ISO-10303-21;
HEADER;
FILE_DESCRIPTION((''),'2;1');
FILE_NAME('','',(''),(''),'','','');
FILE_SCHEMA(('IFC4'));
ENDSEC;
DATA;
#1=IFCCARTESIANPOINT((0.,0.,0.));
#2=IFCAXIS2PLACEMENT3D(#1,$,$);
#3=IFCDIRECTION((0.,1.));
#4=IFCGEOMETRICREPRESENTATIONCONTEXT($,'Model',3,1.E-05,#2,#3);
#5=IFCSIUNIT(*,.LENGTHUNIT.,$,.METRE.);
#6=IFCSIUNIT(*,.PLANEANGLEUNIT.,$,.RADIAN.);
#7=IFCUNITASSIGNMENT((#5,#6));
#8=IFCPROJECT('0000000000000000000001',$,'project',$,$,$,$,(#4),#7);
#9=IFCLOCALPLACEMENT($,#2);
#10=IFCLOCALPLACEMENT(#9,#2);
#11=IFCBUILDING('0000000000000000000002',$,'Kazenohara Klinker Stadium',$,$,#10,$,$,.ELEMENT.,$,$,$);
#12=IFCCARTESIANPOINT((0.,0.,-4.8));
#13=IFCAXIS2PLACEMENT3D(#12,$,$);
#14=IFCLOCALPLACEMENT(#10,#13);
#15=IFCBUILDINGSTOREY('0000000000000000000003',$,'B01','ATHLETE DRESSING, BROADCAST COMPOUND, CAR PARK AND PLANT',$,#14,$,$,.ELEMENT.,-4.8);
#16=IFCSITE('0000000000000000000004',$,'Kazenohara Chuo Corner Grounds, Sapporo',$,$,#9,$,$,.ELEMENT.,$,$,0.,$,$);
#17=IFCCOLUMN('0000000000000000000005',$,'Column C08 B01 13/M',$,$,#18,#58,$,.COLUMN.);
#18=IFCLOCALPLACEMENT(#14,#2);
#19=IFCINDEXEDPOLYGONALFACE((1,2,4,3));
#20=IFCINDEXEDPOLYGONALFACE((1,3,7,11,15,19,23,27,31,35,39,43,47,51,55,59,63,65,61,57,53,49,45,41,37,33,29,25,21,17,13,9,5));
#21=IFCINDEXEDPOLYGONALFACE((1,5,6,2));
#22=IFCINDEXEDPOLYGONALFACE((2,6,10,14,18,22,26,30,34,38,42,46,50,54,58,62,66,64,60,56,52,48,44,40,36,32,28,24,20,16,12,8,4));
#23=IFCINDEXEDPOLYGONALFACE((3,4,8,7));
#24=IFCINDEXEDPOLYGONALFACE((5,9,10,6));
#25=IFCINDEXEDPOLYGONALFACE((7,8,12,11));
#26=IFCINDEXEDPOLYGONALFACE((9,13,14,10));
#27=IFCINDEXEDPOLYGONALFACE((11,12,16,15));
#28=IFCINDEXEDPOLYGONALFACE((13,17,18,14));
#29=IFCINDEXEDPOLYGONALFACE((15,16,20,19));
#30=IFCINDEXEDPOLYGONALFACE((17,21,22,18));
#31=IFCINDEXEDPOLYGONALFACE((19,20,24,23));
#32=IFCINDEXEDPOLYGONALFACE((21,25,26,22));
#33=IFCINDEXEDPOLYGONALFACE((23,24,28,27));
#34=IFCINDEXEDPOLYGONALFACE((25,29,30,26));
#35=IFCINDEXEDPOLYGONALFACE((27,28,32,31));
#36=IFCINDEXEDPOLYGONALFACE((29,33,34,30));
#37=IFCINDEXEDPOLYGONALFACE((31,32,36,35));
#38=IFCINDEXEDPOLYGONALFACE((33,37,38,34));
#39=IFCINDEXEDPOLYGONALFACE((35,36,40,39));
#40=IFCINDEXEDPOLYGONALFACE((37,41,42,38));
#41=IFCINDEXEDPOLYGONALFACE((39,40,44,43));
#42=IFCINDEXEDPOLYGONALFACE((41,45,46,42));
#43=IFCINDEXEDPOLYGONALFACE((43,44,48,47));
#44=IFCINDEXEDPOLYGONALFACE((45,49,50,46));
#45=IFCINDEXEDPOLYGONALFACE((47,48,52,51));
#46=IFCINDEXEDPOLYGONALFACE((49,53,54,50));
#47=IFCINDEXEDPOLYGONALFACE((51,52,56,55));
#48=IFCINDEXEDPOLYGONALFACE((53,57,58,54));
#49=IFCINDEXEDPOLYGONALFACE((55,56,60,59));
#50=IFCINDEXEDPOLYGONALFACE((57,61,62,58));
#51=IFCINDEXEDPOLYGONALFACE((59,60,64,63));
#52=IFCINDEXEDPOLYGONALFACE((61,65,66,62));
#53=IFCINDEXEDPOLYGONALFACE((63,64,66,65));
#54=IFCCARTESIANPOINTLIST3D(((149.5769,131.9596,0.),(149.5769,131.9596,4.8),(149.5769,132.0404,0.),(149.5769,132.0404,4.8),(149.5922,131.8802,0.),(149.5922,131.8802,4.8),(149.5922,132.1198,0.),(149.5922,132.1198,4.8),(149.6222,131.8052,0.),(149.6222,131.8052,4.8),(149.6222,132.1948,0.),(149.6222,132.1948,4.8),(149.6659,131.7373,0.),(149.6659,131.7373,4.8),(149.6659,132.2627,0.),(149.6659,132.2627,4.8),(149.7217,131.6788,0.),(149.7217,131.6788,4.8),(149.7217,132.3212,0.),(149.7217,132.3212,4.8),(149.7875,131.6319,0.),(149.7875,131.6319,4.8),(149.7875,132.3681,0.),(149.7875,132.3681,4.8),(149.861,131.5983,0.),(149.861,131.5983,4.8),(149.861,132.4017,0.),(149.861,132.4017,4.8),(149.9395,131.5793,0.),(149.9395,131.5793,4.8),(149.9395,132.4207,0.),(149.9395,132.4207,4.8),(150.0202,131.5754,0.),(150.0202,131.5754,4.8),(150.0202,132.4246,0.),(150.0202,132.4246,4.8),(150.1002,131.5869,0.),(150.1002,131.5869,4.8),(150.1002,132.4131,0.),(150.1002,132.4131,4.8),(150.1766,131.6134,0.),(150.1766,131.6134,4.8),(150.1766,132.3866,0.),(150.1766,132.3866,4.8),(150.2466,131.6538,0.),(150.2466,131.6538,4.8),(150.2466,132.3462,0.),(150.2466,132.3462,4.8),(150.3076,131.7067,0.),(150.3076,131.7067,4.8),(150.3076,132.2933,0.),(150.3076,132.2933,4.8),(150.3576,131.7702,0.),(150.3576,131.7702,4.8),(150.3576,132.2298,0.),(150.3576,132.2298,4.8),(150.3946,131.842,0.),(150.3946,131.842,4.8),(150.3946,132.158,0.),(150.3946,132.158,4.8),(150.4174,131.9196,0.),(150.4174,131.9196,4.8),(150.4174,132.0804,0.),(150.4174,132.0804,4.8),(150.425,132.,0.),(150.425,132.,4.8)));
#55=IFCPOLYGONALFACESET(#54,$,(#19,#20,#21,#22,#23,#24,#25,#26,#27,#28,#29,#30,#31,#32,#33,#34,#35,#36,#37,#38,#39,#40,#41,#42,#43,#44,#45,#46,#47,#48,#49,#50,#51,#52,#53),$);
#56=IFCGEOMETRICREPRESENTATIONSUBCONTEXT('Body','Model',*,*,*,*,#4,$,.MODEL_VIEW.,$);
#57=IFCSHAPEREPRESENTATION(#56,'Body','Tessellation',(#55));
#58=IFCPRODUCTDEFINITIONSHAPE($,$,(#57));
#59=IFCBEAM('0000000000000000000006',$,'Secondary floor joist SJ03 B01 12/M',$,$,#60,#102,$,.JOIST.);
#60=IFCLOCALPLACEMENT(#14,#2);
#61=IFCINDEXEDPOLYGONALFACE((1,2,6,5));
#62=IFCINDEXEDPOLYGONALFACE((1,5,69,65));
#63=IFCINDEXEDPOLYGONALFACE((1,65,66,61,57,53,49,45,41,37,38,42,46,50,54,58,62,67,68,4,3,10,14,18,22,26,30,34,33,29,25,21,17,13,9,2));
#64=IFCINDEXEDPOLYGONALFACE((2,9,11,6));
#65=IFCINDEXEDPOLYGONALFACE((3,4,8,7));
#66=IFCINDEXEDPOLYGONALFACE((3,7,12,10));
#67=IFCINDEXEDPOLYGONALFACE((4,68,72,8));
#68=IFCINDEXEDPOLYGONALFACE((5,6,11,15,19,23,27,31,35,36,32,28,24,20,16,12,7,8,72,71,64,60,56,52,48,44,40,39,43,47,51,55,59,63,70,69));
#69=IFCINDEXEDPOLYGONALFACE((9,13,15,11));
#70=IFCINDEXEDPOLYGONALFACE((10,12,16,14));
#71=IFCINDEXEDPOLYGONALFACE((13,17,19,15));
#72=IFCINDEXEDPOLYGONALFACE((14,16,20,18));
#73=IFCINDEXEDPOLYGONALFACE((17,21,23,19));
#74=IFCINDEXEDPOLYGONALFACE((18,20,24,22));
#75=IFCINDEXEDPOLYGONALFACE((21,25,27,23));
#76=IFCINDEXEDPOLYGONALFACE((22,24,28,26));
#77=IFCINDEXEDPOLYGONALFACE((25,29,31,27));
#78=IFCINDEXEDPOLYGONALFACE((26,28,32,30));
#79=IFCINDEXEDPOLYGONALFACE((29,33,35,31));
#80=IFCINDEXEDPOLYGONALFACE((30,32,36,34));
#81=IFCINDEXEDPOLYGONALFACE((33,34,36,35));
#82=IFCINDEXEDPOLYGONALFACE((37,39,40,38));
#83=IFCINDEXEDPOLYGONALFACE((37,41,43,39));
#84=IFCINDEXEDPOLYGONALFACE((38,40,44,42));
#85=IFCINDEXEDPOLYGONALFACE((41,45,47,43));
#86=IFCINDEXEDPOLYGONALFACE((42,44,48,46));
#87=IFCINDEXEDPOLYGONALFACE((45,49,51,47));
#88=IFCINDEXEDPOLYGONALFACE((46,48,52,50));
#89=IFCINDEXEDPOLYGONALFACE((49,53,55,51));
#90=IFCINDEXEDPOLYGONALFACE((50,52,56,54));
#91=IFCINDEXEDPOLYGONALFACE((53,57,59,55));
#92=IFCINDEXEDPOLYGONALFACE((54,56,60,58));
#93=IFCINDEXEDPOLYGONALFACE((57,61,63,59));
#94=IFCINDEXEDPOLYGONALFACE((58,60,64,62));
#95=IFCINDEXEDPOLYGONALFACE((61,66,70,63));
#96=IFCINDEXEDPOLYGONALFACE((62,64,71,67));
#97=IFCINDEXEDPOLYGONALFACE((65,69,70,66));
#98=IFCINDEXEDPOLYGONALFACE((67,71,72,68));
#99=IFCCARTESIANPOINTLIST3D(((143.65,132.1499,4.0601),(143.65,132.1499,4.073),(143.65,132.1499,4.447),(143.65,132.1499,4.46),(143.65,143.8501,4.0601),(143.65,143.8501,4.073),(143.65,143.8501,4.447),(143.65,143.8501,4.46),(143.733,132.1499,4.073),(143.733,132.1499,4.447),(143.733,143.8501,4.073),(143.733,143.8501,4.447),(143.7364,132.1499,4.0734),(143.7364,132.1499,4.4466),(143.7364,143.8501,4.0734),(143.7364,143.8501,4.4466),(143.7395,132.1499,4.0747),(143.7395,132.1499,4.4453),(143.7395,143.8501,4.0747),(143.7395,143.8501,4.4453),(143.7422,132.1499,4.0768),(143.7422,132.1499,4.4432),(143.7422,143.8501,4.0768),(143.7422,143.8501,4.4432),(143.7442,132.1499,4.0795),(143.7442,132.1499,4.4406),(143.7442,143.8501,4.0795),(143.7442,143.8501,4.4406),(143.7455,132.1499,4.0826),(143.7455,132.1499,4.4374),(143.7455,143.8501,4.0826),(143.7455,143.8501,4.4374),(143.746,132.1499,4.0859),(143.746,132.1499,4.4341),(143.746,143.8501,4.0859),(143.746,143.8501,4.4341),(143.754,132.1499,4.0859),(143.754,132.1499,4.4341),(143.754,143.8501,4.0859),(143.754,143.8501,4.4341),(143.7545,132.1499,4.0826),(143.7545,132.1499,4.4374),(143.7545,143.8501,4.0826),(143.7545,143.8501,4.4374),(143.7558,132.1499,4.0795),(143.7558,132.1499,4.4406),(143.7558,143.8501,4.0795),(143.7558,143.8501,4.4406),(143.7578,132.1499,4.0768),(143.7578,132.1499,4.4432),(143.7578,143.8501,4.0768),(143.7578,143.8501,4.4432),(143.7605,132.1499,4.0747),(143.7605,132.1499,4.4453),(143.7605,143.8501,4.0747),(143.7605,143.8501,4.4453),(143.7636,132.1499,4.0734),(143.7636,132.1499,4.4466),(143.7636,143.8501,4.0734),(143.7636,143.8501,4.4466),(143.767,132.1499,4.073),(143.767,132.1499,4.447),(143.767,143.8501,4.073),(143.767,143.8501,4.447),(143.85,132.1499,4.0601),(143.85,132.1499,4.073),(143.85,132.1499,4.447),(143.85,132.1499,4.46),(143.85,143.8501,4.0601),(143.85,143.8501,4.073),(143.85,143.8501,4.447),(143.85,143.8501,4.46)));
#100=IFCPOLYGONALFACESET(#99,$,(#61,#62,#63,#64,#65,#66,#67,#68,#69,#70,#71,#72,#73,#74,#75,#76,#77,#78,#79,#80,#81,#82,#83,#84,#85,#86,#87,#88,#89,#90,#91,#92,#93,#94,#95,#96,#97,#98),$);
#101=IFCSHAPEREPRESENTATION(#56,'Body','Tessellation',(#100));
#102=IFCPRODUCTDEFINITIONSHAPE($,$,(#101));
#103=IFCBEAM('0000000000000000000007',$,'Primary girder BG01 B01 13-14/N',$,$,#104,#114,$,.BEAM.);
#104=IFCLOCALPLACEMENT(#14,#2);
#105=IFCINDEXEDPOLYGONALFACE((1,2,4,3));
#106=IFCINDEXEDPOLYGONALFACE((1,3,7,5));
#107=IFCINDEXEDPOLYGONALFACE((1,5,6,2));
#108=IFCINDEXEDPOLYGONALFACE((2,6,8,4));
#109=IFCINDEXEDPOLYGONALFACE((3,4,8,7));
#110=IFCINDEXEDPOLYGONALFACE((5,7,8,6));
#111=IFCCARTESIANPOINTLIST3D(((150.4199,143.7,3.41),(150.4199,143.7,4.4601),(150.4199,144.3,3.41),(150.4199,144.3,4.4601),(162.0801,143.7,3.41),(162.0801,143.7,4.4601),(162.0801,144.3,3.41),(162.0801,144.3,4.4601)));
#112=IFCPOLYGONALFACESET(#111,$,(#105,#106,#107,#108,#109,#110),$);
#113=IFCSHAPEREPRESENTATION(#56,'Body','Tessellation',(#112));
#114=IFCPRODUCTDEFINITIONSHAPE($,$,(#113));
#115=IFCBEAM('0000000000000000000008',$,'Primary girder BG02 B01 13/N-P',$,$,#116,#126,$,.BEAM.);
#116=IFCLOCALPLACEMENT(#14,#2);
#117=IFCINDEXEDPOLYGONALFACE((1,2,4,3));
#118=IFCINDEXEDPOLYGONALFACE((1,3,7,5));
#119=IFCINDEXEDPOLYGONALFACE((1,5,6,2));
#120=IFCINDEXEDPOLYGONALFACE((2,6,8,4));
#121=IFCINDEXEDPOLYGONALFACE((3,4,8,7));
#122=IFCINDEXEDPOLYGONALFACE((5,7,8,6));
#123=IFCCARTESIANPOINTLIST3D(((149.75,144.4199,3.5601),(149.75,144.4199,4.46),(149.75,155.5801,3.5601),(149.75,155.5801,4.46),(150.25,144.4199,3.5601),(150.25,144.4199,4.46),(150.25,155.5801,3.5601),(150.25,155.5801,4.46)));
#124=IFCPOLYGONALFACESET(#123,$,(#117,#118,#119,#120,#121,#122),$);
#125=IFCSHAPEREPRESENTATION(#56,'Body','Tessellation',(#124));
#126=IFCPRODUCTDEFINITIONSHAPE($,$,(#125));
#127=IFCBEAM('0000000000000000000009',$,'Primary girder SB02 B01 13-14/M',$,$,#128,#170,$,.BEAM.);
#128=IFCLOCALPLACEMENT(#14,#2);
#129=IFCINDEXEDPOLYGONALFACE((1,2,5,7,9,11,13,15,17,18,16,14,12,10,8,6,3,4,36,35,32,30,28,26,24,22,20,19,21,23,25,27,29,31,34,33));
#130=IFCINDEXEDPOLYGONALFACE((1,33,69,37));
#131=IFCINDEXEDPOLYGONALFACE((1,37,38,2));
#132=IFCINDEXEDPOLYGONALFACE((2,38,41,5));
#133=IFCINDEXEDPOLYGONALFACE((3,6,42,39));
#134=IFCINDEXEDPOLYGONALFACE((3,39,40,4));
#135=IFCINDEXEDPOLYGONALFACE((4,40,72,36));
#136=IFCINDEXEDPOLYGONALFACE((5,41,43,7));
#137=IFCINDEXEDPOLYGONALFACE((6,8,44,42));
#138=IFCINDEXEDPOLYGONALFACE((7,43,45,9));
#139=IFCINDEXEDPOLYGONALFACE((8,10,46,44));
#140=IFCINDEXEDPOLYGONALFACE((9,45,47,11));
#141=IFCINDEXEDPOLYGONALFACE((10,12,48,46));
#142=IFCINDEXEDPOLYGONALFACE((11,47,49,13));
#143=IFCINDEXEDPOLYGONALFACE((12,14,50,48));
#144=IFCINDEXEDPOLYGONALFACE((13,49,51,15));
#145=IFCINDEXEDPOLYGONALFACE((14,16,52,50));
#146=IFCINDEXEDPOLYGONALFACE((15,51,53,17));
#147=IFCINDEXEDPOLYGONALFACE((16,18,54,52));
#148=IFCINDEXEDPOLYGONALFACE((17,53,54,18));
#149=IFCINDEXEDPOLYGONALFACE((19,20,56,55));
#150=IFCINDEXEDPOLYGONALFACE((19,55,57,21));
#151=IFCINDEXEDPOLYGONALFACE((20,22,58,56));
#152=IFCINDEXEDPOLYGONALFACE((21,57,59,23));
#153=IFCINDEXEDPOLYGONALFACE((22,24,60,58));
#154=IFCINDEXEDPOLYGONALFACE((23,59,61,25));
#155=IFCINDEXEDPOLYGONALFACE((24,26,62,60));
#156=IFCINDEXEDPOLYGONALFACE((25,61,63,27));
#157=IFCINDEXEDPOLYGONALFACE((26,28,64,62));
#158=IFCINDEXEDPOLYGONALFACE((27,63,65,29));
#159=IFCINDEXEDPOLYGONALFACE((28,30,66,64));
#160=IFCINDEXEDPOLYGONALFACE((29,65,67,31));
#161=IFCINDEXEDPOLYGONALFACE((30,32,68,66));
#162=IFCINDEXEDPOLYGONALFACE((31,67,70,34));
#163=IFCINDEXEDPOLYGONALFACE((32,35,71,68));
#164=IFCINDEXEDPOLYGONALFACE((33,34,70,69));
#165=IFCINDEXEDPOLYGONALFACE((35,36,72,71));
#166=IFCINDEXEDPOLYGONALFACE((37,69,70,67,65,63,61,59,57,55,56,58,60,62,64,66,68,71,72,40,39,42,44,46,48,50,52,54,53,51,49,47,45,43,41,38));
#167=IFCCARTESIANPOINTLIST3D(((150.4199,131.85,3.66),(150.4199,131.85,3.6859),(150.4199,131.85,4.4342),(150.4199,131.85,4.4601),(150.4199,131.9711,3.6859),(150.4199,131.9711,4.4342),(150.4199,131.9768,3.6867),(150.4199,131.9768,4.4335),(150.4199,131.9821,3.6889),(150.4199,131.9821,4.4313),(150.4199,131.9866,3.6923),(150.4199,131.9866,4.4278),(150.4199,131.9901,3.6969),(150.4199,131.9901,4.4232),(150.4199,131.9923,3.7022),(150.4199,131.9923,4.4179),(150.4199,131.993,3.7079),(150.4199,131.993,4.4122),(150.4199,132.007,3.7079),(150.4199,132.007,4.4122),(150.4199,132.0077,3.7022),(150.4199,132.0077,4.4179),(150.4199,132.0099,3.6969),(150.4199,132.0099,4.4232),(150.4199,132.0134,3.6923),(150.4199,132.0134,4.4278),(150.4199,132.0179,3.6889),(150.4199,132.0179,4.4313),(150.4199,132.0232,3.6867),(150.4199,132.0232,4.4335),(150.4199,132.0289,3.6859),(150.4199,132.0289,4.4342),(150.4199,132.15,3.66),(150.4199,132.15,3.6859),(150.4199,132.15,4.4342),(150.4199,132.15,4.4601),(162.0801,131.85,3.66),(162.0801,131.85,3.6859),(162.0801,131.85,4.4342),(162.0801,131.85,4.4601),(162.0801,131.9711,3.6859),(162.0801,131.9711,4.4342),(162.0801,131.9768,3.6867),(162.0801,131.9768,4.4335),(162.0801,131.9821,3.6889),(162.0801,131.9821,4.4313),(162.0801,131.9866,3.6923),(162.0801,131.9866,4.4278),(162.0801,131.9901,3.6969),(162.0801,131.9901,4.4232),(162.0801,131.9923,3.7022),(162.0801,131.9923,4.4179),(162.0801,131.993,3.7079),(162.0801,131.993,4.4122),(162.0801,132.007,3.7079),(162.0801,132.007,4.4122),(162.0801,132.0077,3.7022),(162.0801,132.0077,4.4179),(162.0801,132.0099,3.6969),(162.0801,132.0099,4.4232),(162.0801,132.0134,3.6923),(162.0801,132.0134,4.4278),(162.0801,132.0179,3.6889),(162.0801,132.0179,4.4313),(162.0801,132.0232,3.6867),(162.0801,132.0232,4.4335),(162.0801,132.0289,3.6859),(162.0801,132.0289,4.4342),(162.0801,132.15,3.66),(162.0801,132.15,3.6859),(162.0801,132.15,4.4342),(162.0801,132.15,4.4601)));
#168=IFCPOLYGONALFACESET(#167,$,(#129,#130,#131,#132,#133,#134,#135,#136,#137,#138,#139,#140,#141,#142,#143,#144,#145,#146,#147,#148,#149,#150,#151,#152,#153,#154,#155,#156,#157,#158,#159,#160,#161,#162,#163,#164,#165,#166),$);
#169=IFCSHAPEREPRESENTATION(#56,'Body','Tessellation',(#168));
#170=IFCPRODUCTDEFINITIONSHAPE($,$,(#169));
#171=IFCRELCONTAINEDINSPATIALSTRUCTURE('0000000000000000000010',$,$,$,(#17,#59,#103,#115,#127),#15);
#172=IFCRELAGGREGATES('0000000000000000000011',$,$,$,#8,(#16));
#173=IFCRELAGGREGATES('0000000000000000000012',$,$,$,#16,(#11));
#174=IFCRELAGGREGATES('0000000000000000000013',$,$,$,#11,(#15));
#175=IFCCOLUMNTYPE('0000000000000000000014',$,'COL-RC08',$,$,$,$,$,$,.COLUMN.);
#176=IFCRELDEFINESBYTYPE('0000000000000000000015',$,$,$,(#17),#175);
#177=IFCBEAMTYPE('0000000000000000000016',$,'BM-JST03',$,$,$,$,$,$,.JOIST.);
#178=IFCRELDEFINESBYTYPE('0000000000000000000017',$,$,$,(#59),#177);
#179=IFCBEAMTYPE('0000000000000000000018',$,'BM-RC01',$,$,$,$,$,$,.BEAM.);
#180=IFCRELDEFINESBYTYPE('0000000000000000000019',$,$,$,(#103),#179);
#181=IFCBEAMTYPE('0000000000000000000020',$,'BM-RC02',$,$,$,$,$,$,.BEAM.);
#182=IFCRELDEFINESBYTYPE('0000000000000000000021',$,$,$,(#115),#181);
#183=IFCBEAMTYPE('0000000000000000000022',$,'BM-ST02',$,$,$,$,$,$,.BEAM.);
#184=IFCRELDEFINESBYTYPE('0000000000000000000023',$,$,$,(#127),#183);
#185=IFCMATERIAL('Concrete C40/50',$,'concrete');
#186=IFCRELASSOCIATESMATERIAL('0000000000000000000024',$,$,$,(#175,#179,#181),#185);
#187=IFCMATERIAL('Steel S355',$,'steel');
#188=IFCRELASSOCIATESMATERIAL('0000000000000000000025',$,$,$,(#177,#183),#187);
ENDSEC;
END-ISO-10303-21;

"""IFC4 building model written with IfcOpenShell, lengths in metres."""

from ifc_helpers import new_model, si_unit, direction, frame, origin, origin_2d, place, context, subcontext, project, spatial, rectangle, circle, i_section, extrude, material, material_profile, profile_set, type_object, element, save


model = new_model("IFC4")

# Units and contexts
model_context = context("Model", 3, precision=1e-05, world=origin(), true_north=direction((0.0, 1.0)))
body_context = subcontext(model_context, "Body", "Model", "MODEL_VIEW")
ifc_project = project(units=[si_unit("LENGTHUNIT", "METRE"), si_unit("PLANEANGLEUNIT", "RADIAN")], contexts=[model_context])

# Site, building, storey
site_placement = place(None, origin())
site = spatial("IfcSite", under=ifc_project, at=site_placement, Name="Kazenohara Chuo Corner Grounds, Sapporo", CompositionType="ELEMENT", RefElevation=0.0)
building_placement = place(site_placement, origin())
building = spatial("IfcBuilding", under=site, at=building_placement, Name="Kazenohara Klinker Stadium", CompositionType="ELEMENT")
storey_placement = place(building_placement, frame((0.0, 0.0, -4.8)))
storey = spatial("IfcBuildingStorey", under=building, at=storey_placement, Name="B01", Description="ATHLETE DRESSING, BROADCAST COMPOUND, CAR PARK AND PLANT", CompositionType="ELEMENT", Elevation=-4.8)

# Column
ifc_material_1 = material(Name="Concrete C40/50", Category="concrete")
ifc_material_profile_1 = material_profile(ifc_material_1, circle(Radius=0.425, at=origin_2d()), Name="RC-COL-D850")
ifc_profile_set_1 = profile_set([ifc_material_profile_1], Name="Concrete C40/50")
column_type_1 = type_object("IfcColumnType", Name="COL-RC08", PredefinedType="COLUMN", material=ifc_profile_set_1)
column_1_placement = place(storey_placement, frame((150.0, 132.0, 0.0), z_axis=(0.0, 0.0, 1.0), x_axis=(1.0, 0.0, 0.0)))
element("IfcColumn", 1, at=column_1_placement, inside=storey, type_object=column_type_1, Name="Column C08 B01 13/M", PredefinedType="COLUMN", context=body_context, shape_type="SweptSolid", body=[
    extrude(circle(Radius=0.425, at=origin_2d()), origin(), (0.0, 0.0, 1.0), 4.8),
])

# Beams
ifc_material_2 = material(Name="Steel S355", Category="steel")
ifc_material_profile_2 = material_profile(ifc_material_2, i_section(OverallWidth=0.2, OverallDepth=0.3999, WebThickness=0.0081, FlangeThickness=0.0129, FilletRadius=0.0129, at=origin_2d()), Name="H-400x200x8x13")
ifc_profile_set_2 = profile_set([ifc_material_profile_2], Name="Steel S355")
beam_type_1 = type_object("IfcBeamType", Name="BM-JST03", PredefinedType="JOIST", material=ifc_profile_set_2)
beam_1_placement = place(storey_placement, frame((143.75, 132.1499, 4.26), z_axis=(0.0, 1.0, 0.0), x_axis=(-1.0, 0.0, 0.0)))
element("IfcBeam", 2, at=beam_1_placement, inside=storey, type_object=beam_type_1, Name="Secondary floor joist SJ03 B01 12/M", PredefinedType="JOIST", context=body_context, shape_type="SweptSolid", body=[
    extrude(i_section(OverallWidth=0.2, OverallDepth=0.3999, WebThickness=0.0081, FlangeThickness=0.0129, FilletRadius=0.0129, at=origin_2d()), origin(), (0.0, 0.0, 1.0), 11.7002),
])
ifc_material_profile_3 = material_profile(ifc_material_1, rectangle(XDim=0.6001, YDim=1.05, at=origin_2d()), Name="RC-BM-600x1050")
ifc_profile_set_3 = profile_set([ifc_material_profile_3], Name="Concrete C40/50")
beam_type_2 = type_object("IfcBeamType", Name="BM-RC01", PredefinedType="BEAM", material=ifc_profile_set_3)
beam_2_placement = place(storey_placement, frame((150.4199, 144.0, 3.9351), z_axis=(1.0, 0.0, 0.0), x_axis=(0.0, 1.0, 0.0)))
element("IfcBeam", 3, at=beam_2_placement, inside=storey, type_object=beam_type_2, Name="Primary girder BG01 B01 13-14/N", PredefinedType="BEAM", context=body_context, shape_type="SweptSolid", body=[
    extrude(rectangle(XDim=0.6001, YDim=1.05, at=origin_2d()), origin(), (0.0, 0.0, 1.0), 11.6602),
])
ifc_material_profile_4 = material_profile(ifc_material_1, rectangle(XDim=0.5, YDim=0.8999, at=origin_2d()), Name="RC-BM-500x900")
ifc_profile_set_4 = profile_set([ifc_material_profile_4], Name="Concrete C40/50")
beam_type_3 = type_object("IfcBeamType", Name="BM-RC02", PredefinedType="BEAM", material=ifc_profile_set_4)
beam_3_placement = place(storey_placement, frame((150.0, 144.4199, 4.01), z_axis=(0.0, 1.0, 0.0), x_axis=(-1.0, 0.0, 0.0)))
element("IfcBeam", 4, at=beam_3_placement, inside=storey, type_object=beam_type_3, Name="Primary girder BG02 B01 13/N-P", PredefinedType="BEAM", context=body_context, shape_type="SweptSolid", body=[
    extrude(rectangle(XDim=0.5, YDim=0.8999, at=origin_2d()), origin(), (0.0, 0.0, 1.0), 11.1602),
])
ifc_material_profile_5 = material_profile(ifc_material_2, i_section(OverallWidth=0.3, OverallDepth=0.8, WebThickness=0.0139, FlangeThickness=0.0259, FilletRadius=0.022, at=origin_2d()), Name="H-800x300x14x26")
ifc_profile_set_5 = profile_set([ifc_material_profile_5], Name="Steel S355")
beam_type_4 = type_object("IfcBeamType", Name="BM-ST02", PredefinedType="BEAM", material=ifc_profile_set_5)
beam_4_placement = place(storey_placement, frame((150.4199, 132.0, 4.0601), z_axis=(1.0, 0.0, 0.0), x_axis=(0.0, 1.0, 0.0)))
element("IfcBeam", 5, at=beam_4_placement, inside=storey, type_object=beam_type_4, Name="Primary girder SB02 B01 13-14/M", PredefinedType="BEAM", context=body_context, shape_type="SweptSolid", body=[
    extrude(i_section(OverallWidth=0.3, OverallDepth=0.8, WebThickness=0.0139, FlangeThickness=0.0259, FilletRadius=0.022, at=origin_2d()), origin(), (0.0, 0.0, 1.0), 11.6602),
])

save(model, "model.ifc")
